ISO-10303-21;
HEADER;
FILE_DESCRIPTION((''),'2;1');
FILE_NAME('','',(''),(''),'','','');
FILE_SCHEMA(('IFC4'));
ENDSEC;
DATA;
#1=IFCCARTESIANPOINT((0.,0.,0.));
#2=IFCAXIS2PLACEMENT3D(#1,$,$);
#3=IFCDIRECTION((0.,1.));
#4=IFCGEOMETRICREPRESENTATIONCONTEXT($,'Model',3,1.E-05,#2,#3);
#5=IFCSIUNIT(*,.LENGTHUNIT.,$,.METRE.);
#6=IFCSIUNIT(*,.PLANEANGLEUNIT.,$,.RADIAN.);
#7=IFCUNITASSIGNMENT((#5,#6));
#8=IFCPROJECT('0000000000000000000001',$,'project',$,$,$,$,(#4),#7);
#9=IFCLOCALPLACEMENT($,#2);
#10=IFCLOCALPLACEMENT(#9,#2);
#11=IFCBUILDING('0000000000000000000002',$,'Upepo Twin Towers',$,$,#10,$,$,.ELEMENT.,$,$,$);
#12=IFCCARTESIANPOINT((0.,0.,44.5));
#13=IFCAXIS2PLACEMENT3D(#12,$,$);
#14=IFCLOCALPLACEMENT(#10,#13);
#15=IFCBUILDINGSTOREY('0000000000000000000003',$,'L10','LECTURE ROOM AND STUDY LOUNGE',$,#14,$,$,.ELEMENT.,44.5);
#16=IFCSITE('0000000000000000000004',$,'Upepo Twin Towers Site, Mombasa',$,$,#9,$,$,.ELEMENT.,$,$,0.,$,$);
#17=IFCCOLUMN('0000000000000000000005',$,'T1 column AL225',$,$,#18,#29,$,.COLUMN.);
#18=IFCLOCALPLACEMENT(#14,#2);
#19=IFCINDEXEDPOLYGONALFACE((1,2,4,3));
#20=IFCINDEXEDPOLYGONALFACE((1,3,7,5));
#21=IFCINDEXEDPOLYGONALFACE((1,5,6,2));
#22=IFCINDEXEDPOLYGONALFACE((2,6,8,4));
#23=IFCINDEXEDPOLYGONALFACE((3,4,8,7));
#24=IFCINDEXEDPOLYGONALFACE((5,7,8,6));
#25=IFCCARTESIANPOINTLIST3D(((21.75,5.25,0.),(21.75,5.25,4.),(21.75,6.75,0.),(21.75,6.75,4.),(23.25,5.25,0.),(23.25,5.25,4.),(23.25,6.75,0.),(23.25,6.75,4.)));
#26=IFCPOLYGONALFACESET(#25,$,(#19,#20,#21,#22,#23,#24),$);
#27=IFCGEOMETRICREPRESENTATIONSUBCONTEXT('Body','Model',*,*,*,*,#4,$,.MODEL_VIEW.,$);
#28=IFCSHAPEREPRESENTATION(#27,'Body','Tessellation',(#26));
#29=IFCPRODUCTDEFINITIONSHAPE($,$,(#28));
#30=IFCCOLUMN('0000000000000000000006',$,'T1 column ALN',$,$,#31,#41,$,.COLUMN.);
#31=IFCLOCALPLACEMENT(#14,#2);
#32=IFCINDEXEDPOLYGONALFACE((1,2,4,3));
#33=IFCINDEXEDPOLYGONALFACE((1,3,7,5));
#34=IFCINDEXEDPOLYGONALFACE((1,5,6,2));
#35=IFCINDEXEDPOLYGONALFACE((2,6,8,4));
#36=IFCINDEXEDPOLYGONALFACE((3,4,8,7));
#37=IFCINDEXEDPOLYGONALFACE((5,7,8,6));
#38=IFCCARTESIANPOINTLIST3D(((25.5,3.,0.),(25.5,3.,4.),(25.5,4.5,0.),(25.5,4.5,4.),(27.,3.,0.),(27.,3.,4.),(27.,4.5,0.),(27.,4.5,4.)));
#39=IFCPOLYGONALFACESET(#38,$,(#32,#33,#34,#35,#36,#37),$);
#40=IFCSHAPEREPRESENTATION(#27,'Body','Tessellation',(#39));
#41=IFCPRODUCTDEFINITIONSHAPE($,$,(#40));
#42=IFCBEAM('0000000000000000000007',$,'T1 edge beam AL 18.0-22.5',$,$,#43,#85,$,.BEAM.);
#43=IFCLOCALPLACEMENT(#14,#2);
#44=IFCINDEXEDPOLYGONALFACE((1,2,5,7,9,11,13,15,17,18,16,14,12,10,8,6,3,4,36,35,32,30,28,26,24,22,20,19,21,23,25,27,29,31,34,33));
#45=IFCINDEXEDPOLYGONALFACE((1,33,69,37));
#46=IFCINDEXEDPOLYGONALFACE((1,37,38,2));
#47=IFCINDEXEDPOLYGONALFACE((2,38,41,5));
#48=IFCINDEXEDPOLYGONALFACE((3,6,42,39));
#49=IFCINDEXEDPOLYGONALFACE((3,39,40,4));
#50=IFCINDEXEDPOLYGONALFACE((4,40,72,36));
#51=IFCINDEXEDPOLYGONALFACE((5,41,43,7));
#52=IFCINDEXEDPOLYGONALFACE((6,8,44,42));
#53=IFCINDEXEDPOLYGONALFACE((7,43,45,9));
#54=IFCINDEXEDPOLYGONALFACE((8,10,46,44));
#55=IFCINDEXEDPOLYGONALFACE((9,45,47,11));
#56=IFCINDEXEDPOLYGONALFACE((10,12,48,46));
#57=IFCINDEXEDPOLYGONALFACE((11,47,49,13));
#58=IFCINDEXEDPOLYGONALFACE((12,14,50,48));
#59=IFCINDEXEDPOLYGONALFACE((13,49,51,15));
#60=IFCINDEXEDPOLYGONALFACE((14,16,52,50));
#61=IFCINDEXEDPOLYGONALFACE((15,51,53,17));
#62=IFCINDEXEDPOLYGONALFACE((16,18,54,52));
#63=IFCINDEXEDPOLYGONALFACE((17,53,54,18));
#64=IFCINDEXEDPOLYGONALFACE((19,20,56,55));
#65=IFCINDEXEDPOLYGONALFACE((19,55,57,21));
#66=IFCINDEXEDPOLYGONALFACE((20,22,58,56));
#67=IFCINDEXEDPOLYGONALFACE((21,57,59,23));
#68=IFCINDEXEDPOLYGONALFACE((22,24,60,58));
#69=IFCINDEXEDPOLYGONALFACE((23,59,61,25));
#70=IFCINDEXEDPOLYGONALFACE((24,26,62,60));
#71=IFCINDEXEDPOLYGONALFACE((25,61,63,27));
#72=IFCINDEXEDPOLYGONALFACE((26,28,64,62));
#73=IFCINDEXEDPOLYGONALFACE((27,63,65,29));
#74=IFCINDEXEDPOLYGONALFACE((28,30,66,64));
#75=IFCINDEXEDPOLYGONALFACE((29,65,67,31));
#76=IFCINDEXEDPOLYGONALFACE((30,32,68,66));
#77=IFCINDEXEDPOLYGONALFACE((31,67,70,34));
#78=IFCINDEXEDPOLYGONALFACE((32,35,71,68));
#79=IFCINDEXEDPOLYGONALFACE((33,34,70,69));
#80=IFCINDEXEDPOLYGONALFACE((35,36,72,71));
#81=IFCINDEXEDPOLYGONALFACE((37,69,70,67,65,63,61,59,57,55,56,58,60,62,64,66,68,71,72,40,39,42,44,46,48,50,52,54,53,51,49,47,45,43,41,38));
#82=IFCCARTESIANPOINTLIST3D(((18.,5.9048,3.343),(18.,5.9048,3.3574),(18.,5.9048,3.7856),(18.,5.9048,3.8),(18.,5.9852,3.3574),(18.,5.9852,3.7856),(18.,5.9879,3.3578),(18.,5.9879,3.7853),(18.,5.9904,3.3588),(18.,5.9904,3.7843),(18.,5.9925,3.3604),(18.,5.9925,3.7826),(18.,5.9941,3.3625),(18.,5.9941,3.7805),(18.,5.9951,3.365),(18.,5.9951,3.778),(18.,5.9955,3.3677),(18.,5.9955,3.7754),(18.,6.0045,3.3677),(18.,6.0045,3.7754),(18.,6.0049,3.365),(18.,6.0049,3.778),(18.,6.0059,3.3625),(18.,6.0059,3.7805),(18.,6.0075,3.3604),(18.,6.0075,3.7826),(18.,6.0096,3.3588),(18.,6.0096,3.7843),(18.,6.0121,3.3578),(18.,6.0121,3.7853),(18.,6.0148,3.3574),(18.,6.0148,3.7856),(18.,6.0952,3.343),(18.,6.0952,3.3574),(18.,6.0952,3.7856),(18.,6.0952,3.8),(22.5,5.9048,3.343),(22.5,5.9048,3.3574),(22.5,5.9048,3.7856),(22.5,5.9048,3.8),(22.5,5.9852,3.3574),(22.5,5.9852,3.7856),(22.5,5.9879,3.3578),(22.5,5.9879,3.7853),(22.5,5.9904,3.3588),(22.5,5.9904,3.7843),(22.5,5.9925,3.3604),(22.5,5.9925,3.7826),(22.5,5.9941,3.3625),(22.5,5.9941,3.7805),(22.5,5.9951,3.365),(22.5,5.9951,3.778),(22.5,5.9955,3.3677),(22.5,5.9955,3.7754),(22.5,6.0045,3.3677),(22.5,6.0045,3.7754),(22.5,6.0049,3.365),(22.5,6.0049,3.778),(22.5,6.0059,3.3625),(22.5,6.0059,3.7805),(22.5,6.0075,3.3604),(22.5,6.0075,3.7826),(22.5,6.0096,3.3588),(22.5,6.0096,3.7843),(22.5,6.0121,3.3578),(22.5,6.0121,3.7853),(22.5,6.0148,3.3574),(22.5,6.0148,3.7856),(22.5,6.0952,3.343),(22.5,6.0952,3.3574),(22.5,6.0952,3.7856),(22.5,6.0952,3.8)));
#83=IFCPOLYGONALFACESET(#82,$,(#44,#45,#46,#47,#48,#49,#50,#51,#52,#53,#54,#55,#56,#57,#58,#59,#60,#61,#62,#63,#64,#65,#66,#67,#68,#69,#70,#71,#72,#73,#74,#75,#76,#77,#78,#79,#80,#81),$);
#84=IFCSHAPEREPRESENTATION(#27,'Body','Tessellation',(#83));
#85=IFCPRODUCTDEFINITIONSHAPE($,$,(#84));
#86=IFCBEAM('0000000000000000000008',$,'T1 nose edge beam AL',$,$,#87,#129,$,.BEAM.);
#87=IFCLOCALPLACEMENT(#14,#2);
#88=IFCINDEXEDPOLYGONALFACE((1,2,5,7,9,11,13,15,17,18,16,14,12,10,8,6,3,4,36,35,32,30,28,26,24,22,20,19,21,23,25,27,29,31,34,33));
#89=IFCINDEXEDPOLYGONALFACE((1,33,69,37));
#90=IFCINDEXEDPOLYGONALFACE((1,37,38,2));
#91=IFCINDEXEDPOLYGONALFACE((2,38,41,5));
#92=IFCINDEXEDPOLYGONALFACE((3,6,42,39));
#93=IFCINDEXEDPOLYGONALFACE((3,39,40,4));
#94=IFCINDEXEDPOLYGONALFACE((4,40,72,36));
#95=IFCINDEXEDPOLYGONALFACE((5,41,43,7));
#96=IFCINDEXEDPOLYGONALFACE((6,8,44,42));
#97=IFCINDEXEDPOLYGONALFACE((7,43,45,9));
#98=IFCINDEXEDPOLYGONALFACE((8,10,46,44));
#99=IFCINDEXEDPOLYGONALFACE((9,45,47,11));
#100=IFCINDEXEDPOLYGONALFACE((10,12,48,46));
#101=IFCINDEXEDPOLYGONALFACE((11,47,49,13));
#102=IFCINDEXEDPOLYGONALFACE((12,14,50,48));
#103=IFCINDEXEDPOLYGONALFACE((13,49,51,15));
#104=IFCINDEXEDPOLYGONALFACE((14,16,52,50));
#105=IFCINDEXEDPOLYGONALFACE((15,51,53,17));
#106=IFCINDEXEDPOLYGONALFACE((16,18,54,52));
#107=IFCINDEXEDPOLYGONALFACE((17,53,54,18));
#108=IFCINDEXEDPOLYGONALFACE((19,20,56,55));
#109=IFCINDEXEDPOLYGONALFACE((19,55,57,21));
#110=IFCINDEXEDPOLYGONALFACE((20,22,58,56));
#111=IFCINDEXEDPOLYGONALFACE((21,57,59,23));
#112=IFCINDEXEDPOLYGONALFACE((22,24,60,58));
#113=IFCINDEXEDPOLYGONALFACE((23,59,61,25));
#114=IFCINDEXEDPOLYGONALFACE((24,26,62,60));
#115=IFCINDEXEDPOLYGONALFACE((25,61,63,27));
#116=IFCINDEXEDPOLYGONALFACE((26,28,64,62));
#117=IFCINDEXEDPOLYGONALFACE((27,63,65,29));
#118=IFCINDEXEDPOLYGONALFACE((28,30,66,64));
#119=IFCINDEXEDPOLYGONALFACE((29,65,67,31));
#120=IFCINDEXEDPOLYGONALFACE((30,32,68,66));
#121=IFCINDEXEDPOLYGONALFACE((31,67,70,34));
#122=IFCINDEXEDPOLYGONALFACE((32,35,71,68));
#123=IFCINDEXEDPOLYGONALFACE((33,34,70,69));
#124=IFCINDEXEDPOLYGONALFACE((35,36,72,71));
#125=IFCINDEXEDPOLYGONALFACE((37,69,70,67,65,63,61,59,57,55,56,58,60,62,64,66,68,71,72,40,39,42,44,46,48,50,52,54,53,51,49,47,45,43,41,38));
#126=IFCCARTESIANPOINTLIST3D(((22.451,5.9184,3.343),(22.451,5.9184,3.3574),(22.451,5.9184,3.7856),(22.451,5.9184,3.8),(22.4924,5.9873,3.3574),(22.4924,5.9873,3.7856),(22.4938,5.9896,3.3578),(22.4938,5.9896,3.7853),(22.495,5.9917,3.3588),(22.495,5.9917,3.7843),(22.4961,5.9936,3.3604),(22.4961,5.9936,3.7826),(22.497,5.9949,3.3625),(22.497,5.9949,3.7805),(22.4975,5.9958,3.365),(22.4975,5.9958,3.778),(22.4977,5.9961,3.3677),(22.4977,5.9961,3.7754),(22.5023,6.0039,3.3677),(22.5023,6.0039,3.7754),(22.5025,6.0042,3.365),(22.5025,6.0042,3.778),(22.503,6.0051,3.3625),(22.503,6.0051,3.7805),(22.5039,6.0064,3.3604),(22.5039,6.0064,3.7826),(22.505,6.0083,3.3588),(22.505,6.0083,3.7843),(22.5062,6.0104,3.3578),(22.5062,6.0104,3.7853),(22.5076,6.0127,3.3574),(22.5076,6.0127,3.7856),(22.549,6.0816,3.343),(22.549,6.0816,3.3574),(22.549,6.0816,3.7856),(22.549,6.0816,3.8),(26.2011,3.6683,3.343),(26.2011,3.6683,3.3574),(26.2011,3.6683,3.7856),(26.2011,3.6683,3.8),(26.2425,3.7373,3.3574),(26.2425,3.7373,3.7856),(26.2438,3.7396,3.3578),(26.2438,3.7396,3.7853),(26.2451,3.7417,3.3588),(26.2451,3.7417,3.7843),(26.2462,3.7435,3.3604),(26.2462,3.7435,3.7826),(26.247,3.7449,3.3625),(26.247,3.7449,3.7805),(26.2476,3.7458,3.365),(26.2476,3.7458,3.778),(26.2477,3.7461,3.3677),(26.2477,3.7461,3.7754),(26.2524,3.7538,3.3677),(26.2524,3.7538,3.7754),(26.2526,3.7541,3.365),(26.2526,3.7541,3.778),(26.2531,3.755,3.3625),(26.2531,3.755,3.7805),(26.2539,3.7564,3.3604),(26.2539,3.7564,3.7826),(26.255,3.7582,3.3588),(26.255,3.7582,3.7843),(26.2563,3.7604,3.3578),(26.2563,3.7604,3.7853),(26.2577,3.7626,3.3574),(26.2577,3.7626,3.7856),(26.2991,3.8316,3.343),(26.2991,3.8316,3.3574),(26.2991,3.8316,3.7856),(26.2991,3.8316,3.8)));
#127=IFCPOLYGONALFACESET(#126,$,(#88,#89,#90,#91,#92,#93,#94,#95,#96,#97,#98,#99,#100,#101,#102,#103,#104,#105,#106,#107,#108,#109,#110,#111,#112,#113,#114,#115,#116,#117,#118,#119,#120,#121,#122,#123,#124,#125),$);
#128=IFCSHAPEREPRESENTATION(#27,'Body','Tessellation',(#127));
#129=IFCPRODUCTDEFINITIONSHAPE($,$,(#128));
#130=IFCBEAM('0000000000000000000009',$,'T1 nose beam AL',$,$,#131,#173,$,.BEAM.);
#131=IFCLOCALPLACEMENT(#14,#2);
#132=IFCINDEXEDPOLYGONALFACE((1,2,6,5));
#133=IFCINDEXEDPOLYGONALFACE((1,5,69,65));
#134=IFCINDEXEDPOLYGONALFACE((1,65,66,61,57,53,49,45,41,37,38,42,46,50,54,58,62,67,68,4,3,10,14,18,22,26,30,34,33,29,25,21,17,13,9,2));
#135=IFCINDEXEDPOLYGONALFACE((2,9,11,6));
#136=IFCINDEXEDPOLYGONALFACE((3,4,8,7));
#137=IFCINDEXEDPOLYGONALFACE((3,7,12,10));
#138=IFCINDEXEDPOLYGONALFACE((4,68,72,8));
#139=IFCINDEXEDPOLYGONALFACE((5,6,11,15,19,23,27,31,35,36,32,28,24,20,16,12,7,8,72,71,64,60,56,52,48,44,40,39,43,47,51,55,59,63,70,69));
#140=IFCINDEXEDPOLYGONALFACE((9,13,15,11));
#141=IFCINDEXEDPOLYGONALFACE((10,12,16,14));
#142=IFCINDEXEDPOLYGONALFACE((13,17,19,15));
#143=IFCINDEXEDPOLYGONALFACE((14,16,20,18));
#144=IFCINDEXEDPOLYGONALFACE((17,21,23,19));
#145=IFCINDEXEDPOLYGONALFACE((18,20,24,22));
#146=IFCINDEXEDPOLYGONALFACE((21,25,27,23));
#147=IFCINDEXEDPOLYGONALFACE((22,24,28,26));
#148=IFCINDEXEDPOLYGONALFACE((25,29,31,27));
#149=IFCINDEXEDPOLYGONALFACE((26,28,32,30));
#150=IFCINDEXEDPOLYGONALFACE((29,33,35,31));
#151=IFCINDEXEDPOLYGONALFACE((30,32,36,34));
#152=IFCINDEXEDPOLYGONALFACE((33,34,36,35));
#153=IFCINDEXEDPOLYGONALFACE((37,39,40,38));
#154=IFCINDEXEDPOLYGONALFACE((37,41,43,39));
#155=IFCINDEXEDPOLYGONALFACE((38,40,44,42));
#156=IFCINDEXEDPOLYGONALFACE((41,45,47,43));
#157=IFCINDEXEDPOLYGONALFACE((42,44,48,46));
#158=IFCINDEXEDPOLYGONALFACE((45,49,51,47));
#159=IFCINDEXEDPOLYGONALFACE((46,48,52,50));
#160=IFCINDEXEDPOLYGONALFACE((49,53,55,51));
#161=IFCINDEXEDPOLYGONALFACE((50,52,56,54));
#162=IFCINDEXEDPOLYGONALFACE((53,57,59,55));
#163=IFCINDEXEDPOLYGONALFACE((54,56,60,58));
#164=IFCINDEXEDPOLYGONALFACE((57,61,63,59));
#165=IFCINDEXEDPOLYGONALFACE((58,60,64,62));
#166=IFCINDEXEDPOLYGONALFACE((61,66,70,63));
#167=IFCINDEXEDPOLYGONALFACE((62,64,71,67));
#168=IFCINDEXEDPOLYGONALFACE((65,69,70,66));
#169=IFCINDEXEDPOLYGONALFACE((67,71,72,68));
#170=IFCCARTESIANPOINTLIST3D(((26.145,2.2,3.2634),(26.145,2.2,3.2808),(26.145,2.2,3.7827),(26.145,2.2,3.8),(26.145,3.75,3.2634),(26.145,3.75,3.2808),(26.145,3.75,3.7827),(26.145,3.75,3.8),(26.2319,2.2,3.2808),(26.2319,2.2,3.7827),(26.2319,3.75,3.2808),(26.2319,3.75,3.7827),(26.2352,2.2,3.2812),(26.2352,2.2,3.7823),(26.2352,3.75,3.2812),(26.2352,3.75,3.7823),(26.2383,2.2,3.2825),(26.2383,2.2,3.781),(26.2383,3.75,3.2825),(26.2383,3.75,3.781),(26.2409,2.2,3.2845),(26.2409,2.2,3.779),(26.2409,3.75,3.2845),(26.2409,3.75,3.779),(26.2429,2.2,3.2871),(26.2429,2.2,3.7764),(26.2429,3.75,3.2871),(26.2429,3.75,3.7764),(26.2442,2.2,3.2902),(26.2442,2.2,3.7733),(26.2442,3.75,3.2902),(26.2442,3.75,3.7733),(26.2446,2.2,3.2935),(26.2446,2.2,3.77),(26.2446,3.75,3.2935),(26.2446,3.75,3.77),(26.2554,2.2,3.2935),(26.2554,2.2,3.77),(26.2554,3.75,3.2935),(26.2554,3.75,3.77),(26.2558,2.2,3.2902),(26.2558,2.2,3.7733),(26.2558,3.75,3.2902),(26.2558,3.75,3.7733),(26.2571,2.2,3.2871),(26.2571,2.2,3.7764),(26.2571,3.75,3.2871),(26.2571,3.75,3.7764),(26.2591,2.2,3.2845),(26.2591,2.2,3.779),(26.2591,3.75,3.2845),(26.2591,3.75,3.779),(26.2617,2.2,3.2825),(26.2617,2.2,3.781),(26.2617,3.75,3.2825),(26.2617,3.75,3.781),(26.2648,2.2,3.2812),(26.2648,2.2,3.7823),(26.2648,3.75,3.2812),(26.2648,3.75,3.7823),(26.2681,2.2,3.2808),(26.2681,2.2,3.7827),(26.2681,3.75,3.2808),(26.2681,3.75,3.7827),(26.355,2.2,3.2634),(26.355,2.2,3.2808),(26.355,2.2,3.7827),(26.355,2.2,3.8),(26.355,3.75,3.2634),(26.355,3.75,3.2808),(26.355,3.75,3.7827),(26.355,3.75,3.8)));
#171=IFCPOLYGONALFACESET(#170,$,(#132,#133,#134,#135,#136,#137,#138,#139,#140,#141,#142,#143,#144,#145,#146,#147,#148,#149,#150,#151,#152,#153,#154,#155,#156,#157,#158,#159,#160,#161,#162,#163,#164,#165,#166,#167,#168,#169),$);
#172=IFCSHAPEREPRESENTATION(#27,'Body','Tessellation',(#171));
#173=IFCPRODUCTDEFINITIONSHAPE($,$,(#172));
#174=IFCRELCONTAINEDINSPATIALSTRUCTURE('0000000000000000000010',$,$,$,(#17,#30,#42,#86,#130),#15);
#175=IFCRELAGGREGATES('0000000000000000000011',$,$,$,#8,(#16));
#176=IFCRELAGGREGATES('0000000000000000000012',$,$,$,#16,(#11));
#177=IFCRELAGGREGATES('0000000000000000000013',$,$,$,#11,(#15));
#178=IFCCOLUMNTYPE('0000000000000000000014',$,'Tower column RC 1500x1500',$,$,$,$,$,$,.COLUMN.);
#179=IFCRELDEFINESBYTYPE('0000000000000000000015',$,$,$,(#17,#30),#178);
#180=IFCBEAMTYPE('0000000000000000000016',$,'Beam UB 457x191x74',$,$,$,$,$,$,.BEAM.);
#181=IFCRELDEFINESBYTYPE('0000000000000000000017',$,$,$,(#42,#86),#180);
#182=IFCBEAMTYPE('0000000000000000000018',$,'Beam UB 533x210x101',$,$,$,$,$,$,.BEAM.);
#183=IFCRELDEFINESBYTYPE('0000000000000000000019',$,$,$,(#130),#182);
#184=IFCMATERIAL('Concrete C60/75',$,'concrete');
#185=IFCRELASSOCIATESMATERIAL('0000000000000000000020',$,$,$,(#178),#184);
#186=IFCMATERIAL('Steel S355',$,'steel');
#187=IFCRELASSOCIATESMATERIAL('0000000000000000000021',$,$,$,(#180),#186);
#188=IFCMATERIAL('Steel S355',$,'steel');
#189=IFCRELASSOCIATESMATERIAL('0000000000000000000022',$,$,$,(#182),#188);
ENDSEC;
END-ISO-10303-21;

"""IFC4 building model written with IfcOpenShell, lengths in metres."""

from ifc_helpers import new_model, si_unit, direction, frame, origin, origin_2d, place, context, subcontext, project, spatial, rectangle, i_section, extrude, material, material_profile, profile_set, type_object, element, save


model = new_model("IFC4")

# Units and contexts
model_context = context("Model", 3, precision=1e-05, world=origin(), true_north=direction((0.0, 1.0)))
body_context = subcontext(model_context, "Body", "Model", "MODEL_VIEW")
ifc_project = project(units=[si_unit("LENGTHUNIT", "METRE"), si_unit("PLANEANGLEUNIT", "RADIAN")], contexts=[model_context])

# Site, building, storey
site_placement = place(None, origin())
site = spatial("IfcSite", under=ifc_project, at=site_placement, Name="Upepo Twin Towers Site, Mombasa", CompositionType="ELEMENT", RefElevation=0.0)
building_placement = place(site_placement, origin())
building = spatial("IfcBuilding", under=site, at=building_placement, Name="Upepo Twin Towers", CompositionType="ELEMENT")
storey_placement = place(building_placement, frame((0.0, 0.0, 44.5)))
storey = spatial("IfcBuildingStorey", under=building, at=storey_placement, Name="L10", Description="LECTURE ROOM AND STUDY LOUNGE", CompositionType="ELEMENT", Elevation=44.5)

# Columns
ifc_material_1 = material(Name="Concrete C60/75", Category="concrete")
ifc_material_profile_1 = material_profile(ifc_material_1, rectangle(XDim=1.5, YDim=1.5, at=origin_2d()), Name="RC 1500x1500")
ifc_profile_set_1 = profile_set([ifc_material_profile_1], Name="Concrete C60/75")
column_type = type_object("IfcColumnType", Name="Tower column RC 1500x1500", PredefinedType="COLUMN", material=ifc_profile_set_1)
for number, where, z_axis, x_axis, name in (
    (1, (22.5, 6.0, 0.0), (0.0, 0.0, 1.0), (1.0, 0.0, 0.0), "T1 column AL225"),
    (2, (26.25, 3.75, 0.0), (0.0, 0.0, 1.0), (1.0, 0.0, 0.0), "T1 column ALN"),
):
    element("IfcColumn", number, at=place(storey_placement, frame(where, z_axis=z_axis, x_axis=x_axis)), inside=storey, type_object=column_type, Name=name, PredefinedType="COLUMN", context=body_context, shape_type="SweptSolid", body=[
        extrude(rectangle(XDim=1.5, YDim=1.5, at=origin_2d()), origin(), (0.0, 0.0, 1.0), 4.0),
    ])

# Beams
ifc_material_2 = material(Name="Steel S355", Category="steel")
ifc_material_profile_2 = material_profile(ifc_material_2, i_section(OverallWidth=0.1904, OverallDepth=0.457, WebThickness=0.009, FlangeThickness=0.0144, FilletRadius=0.0103, at=origin_2d()), Name="UB 457x191x74")
ifc_profile_set_2 = profile_set([ifc_material_profile_2], Name="Steel S355")
beam_type_1 = type_object("IfcBeamType", Name="Beam UB 457x191x74", PredefinedType="BEAM", material=ifc_profile_set_2)
beam_1_placement = place(storey_placement, frame((18.0, 6.0, 3.5715), z_axis=(1.0, 0.0, 0.0), x_axis=(0.0, 1.0, 0.0)))
element("IfcBeam", 3, at=beam_1_placement, inside=storey, type_object=beam_type_1, Name="T1 edge beam AL 18.0-22.5", PredefinedType="BEAM", context=body_context, shape_type="SweptSolid", body=[
    extrude(i_section(OverallWidth=0.1904, OverallDepth=0.457, WebThickness=0.009, FlangeThickness=0.0144, FilletRadius=0.0103, at=origin_2d()), origin(), (0.0, 0.0, 1.0), 4.5),
])
beam_2_placement = place(storey_placement, frame((22.5, 6.0, 3.5715), z_axis=(0.857493, -0.514496, 0.0), x_axis=(0.514496, 0.857493, 0.0)))
element("IfcBeam", 4, at=beam_2_placement, inside=storey, type_object=beam_type_1, Name="T1 nose edge beam AL", PredefinedType="BEAM", context=body_context, shape_type="SweptSolid", body=[
    extrude(i_section(OverallWidth=0.1904, OverallDepth=0.457, WebThickness=0.009, FlangeThickness=0.0144, FilletRadius=0.0103, at=origin_2d()), origin(), (0.0, 0.0, 1.0), 4.3733),
])
ifc_material_3 = material(Name="Steel S355", Category="steel")
ifc_material_profile_3 = material_profile(ifc_material_3, i_section(OverallWidth=0.21, OverallDepth=0.5366, WebThickness=0.0107, FlangeThickness=0.0173, FilletRadius=0.0127, at=origin_2d()), Name="UB 533x210x101")
ifc_profile_set_3 = profile_set([ifc_material_profile_3], Name="Steel S355")
beam_type_2 = type_object("IfcBeamType", Name="Beam UB 533x210x101", PredefinedType="BEAM", material=ifc_profile_set_3)
beam_3_placement = place(storey_placement, frame((26.25, 3.75, 3.5317), z_axis=(0.0, -1.0, 0.0), x_axis=(1.0, 0.0, 0.0)))
element("IfcBeam", 5, at=beam_3_placement, inside=storey, type_object=beam_type_2, Name="T1 nose beam AL", PredefinedType="BEAM", context=body_context, shape_type="SweptSolid", body=[
    extrude(i_section(OverallWidth=0.21, OverallDepth=0.5366, WebThickness=0.0107, FlangeThickness=0.0173, FilletRadius=0.0127, at=origin_2d()), origin(), (0.0, 0.0, 1.0), 1.55),
])

save(model, "model.ifc")
